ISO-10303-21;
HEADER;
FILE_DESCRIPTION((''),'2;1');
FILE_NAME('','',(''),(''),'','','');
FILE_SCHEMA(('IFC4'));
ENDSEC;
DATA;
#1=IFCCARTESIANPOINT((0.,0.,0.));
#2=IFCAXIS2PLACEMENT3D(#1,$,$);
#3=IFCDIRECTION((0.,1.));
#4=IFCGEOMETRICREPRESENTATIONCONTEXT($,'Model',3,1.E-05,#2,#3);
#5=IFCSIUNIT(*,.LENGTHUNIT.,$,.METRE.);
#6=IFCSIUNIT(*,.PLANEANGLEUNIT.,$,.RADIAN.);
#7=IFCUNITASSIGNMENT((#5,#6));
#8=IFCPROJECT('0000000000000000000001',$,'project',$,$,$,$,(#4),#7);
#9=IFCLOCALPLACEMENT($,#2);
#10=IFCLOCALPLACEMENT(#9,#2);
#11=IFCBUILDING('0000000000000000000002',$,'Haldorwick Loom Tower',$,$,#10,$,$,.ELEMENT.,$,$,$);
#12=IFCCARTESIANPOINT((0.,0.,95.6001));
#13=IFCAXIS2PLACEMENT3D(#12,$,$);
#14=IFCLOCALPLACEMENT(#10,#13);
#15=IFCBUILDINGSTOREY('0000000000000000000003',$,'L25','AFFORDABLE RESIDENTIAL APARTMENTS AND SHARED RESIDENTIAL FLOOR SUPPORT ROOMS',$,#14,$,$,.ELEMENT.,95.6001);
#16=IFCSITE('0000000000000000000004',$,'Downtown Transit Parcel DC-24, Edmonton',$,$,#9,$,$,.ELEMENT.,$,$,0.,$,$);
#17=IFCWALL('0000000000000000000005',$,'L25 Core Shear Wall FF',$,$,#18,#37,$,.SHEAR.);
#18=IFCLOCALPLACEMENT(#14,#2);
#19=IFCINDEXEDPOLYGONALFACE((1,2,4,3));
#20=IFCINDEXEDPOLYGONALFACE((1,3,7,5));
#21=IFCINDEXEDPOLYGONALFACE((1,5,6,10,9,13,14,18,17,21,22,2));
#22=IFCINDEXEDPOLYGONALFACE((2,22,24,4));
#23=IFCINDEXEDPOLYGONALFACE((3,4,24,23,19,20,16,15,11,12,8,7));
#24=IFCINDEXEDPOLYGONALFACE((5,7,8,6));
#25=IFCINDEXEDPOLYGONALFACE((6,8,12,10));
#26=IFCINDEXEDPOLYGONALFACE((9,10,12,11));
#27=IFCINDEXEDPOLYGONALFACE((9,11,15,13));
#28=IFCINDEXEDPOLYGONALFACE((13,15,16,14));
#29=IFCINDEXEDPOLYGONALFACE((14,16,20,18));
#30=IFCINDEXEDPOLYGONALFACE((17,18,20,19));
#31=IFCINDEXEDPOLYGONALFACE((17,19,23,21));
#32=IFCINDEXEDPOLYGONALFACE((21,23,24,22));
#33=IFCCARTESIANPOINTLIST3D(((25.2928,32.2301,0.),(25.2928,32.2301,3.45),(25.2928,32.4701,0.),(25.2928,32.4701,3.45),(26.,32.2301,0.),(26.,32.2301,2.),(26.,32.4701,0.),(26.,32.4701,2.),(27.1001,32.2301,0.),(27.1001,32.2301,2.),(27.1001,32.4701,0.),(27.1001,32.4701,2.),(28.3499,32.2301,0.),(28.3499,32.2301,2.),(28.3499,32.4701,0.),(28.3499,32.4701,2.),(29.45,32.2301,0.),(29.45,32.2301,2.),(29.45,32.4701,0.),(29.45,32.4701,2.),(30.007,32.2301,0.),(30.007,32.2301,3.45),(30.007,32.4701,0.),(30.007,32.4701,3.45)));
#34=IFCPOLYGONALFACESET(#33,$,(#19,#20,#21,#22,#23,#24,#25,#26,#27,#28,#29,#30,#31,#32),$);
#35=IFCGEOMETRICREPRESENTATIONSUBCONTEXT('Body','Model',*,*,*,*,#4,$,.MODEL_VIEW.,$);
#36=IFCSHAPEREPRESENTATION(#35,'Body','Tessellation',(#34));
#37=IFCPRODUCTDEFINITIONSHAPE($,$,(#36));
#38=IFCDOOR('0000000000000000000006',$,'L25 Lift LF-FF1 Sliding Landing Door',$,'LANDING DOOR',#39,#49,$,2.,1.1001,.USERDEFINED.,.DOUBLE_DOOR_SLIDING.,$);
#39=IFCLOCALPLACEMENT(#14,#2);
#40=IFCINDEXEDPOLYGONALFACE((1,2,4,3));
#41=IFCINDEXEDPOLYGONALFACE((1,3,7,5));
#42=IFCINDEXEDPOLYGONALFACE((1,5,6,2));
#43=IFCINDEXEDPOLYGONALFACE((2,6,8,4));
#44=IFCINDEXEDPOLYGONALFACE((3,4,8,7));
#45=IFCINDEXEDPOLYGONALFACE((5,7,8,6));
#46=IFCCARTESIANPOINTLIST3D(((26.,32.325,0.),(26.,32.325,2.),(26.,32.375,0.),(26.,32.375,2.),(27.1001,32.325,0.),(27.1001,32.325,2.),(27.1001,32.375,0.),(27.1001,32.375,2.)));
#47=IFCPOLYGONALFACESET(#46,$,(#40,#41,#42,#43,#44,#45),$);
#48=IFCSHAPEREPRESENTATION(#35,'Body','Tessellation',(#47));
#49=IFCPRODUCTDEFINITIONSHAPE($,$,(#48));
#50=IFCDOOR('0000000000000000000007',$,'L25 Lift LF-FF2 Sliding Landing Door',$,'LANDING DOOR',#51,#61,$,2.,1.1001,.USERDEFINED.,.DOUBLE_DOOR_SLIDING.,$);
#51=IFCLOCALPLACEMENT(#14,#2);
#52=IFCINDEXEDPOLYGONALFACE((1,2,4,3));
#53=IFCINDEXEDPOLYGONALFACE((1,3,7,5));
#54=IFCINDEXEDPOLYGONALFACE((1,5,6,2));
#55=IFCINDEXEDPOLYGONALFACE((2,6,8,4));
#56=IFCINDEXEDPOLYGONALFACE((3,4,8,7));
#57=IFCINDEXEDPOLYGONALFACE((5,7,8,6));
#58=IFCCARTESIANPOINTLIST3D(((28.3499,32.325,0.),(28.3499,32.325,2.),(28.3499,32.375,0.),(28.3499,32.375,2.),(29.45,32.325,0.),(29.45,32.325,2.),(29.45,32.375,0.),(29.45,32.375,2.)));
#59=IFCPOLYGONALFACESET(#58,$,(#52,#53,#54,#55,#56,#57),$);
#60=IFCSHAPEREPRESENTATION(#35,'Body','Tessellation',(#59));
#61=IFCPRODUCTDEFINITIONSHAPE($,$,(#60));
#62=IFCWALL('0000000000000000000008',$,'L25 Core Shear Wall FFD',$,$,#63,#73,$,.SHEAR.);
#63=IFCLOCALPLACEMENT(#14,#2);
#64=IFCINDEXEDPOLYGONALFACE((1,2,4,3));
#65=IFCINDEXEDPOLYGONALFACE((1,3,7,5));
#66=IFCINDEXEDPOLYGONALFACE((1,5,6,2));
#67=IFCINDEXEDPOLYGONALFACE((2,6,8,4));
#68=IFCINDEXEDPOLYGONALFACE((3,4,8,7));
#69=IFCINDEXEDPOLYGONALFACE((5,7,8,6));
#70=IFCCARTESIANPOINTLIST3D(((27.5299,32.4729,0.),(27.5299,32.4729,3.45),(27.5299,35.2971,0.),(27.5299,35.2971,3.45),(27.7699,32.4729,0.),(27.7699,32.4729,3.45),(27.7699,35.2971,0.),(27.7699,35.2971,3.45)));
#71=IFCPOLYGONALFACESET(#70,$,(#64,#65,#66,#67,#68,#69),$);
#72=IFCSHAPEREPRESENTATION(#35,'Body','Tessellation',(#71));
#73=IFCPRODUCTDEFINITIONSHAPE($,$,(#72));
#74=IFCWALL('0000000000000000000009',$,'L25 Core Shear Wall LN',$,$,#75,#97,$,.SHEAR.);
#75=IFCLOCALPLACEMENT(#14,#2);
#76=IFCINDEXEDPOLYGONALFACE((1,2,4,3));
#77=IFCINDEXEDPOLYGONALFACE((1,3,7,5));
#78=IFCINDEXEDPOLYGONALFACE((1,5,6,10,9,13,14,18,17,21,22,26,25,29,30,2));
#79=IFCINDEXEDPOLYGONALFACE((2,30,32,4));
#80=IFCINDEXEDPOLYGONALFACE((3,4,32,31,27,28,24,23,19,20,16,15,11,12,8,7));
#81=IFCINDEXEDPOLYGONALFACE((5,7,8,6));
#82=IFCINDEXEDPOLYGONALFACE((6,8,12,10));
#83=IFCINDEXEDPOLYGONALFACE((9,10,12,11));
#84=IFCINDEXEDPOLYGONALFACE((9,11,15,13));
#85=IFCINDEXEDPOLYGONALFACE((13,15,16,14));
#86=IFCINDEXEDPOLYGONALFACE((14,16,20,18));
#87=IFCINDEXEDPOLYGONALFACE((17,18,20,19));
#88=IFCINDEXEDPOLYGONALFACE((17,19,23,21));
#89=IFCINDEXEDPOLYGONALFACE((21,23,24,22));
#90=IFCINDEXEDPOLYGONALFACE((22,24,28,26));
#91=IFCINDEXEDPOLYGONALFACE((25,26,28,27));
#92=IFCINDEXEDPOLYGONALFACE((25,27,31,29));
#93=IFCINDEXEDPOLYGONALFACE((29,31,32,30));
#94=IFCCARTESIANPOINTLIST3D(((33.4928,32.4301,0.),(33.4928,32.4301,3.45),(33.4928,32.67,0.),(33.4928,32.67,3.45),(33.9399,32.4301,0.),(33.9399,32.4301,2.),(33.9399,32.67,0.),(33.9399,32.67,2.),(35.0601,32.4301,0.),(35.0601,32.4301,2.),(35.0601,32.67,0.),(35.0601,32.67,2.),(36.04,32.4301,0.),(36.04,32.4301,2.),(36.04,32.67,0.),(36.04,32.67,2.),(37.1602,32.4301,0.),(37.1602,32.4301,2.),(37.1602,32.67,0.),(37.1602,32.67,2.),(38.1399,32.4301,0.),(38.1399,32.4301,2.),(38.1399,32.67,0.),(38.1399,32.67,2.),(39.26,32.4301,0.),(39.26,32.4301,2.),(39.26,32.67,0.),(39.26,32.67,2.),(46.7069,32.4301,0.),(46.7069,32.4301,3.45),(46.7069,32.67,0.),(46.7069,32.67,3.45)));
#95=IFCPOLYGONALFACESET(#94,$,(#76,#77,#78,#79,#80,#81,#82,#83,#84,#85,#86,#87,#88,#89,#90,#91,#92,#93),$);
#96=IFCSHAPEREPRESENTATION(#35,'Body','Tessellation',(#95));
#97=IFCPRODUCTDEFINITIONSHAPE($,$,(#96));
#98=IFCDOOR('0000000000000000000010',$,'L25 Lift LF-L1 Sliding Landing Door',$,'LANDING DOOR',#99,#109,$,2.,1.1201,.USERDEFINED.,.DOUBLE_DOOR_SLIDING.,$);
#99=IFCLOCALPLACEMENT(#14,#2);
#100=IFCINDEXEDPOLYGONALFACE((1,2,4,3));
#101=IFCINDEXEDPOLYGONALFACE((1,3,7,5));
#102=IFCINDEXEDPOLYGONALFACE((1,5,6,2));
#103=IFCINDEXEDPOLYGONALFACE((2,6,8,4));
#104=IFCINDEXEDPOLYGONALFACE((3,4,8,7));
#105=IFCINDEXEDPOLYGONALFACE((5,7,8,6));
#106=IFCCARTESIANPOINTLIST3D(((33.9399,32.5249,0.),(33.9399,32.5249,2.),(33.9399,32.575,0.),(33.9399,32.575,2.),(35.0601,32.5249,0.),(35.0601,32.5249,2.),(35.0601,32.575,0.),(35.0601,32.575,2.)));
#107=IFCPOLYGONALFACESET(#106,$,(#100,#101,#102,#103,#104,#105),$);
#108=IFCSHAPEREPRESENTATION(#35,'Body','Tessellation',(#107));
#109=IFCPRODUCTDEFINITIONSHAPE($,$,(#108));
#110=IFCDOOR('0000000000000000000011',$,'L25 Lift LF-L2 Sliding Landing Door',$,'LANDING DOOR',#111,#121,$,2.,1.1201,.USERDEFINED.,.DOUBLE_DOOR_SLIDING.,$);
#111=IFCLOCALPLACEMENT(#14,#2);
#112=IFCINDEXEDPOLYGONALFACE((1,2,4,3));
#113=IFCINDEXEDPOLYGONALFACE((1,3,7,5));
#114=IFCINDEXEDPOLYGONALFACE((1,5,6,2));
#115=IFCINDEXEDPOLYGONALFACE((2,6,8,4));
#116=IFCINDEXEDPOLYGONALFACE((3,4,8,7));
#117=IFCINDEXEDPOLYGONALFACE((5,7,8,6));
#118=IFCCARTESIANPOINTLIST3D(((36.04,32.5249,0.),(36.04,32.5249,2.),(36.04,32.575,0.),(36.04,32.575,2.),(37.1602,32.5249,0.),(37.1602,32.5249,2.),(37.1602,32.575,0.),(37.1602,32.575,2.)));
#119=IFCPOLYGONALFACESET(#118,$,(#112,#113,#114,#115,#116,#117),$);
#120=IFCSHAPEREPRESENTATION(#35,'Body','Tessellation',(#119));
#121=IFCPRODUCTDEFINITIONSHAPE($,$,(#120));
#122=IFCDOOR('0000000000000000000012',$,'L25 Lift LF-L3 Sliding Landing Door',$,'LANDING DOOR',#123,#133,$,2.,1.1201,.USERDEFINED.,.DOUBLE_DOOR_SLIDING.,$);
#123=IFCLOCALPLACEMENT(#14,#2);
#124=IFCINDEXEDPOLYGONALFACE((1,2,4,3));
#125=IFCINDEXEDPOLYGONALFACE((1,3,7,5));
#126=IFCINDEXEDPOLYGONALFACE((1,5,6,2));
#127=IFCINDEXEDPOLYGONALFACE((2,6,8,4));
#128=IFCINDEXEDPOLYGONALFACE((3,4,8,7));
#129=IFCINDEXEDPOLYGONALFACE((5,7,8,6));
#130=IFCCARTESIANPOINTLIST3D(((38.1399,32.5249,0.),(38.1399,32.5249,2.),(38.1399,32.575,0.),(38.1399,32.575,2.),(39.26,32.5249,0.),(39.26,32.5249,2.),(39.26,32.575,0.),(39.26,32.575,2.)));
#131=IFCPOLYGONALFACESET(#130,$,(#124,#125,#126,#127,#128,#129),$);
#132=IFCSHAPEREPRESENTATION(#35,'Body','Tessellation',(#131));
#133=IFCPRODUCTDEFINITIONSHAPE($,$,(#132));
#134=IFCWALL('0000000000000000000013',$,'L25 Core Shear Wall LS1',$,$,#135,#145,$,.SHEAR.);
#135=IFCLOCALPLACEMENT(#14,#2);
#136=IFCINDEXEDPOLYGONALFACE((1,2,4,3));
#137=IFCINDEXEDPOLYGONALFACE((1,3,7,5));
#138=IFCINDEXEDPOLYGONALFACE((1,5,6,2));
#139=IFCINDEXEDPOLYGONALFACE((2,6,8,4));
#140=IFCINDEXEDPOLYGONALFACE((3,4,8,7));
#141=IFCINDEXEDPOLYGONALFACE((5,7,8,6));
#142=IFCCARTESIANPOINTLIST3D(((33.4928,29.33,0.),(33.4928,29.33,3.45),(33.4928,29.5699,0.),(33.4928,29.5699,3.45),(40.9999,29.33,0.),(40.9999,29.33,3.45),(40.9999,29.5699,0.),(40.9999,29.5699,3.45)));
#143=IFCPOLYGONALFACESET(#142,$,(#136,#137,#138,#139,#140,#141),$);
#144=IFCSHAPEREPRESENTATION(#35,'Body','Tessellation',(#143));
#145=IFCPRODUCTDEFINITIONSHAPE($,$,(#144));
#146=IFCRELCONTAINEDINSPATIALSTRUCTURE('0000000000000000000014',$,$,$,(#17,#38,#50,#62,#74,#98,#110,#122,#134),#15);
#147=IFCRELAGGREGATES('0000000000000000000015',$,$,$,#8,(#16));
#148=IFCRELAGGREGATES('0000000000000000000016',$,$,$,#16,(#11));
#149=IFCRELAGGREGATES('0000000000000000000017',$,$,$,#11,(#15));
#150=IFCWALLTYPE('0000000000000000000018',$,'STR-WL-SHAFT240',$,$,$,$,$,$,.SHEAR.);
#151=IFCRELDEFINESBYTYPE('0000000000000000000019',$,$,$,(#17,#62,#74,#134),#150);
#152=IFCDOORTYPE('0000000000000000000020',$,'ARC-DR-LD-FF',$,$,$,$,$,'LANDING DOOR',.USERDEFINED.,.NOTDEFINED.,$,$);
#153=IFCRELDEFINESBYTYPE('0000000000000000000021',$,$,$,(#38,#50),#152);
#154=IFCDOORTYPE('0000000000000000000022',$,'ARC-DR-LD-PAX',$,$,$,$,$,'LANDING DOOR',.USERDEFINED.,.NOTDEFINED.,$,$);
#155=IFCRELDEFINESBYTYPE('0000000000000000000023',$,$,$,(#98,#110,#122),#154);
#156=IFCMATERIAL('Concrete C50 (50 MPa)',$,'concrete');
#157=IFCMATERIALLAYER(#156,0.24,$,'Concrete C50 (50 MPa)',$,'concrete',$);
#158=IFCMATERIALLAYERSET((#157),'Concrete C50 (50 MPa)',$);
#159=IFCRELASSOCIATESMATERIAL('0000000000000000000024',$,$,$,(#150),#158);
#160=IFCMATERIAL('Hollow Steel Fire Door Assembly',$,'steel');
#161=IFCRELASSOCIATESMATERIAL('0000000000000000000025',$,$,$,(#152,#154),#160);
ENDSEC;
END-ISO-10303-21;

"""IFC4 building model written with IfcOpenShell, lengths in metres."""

from ifc_helpers import new_model, si_unit, direction, frame, frame_2d, origin, place, context, subcontext, project, spatial, rectangle, extrude, material, layer, layer_set, type_object, element, fill, save


model = new_model("IFC4")

# Units and contexts
model_context = context("Model", 3, precision=1e-05, world=origin(), true_north=direction((0.0, 1.0)))
body_context = subcontext(model_context, "Body", "Model", "MODEL_VIEW")
ifc_project = project(units=[si_unit("LENGTHUNIT", "METRE"), si_unit("PLANEANGLEUNIT", "RADIAN")], contexts=[model_context])

# Site, building, storey
site_placement = place(None, origin())
site = spatial("IfcSite", under=ifc_project, at=site_placement, Name="Downtown Transit Parcel DC-24, Edmonton", CompositionType="ELEMENT", RefElevation=0.0)
building_placement = place(site_placement, origin())
building = spatial("IfcBuilding", under=site, at=building_placement, Name="Haldorwick Loom Tower", CompositionType="ELEMENT")
storey_placement = place(building_placement, frame((0.0, 0.0, 95.6001)))
storey = spatial("IfcBuildingStorey", under=building, at=storey_placement, Name="L25", Description="AFFORDABLE RESIDENTIAL APARTMENTS AND SHARED RESIDENTIAL FLOOR SUPPORT ROOMS", CompositionType="ELEMENT", Elevation=95.6001)

# Shared definitions
ifc_material_1 = material(Name="Concrete C50 (50 MPa)", Category="concrete")
ifc_layer = layer(ifc_material_1, 0.24, Name="Concrete C50 (50 MPa)", Category="concrete")
ifc_layer_set = layer_set([ifc_layer], Name="Concrete C50 (50 MPa)")
wall_type = type_object("IfcWallType", Name="STR-WL-SHAFT240", PredefinedType="SHEAR", material=ifc_layer_set)

# Wall, openings, doors
wall_1_placement = place(storey_placement, frame((25.293, 32.3501, 0.0), z_axis=(0.0, 0.0, 1.0), x_axis=(1.0, 0.0, 0.0)))
wall_1 = element("IfcWall", 1, at=wall_1_placement, inside=storey, type_object=wall_type, Name="L25 Core Shear Wall FF", PredefinedType="SHEAR", context=body_context, shape_type="SweptSolid", body=[
    extrude(rectangle(XDim=4.7141, YDim=0.24, at=frame_2d((2.3569, 0.0))), origin(), (0.0, 0.0, 1.0), 3.45),
])
opening_1_placement = place(wall_1_placement, frame((0.707, 0.0, 0.0)))
opening_1 = element("IfcOpeningElement", 2, at=opening_1_placement, cuts=wall_1, PredefinedType="OPENING", context=body_context, shape_type="SweptSolid", body=[
    extrude(rectangle(XDim=1.1001, YDim=2.0, at=frame_2d((0.55, 1.0))), frame((0.0, 0.1299, 0.0), z_axis=(0.0, -1.0, 0.0), x_axis=(1.0, 0.0, 0.0)), (0.0, 0.0, 1.0), 0.26),
])
opening_2_placement = place(wall_1_placement, frame((3.0569, 0.0, 0.0)))
opening_2 = element("IfcOpeningElement", 3, at=opening_2_placement, cuts=wall_1, PredefinedType="OPENING", context=body_context, shape_type="SweptSolid", body=[
    extrude(rectangle(XDim=1.1001, YDim=2.0, at=frame_2d((0.55, 1.0))), frame((0.0, 0.1299, 0.0), z_axis=(0.0, -1.0, 0.0), x_axis=(1.0, 0.0, 0.0)), (0.0, 0.0, 1.0), 0.26),
])
ifc_material_2 = material(Name="Hollow Steel Fire Door Assembly", Category="steel")
door_type_1 = type_object("IfcDoorType", Name="ARC-DR-LD-FF", ElementType="LANDING DOOR", OperationType="NOTDEFINED", PredefinedType="USERDEFINED", material=ifc_material_2)
door_1_placement = place(opening_1_placement, origin())
door_1 = element("IfcDoor", 4, at=door_1_placement, inside=storey, type_object=door_type_1, Name="L25 Lift LF-FF1 Sliding Landing Door", ObjectType="LANDING DOOR", OperationType="DOUBLE_DOOR_SLIDING", OverallHeight=2.0, OverallWidth=1.1001, PredefinedType="USERDEFINED", context=body_context, shape_type="SweptSolid", body=[
    extrude(rectangle(XDim=1.1001, YDim=2.0, at=frame_2d((0.55, 1.0))), frame((0.0, 0.0249, 0.0), z_axis=(0.0, -1.0, 0.0), x_axis=(1.0, 0.0, 0.0)), (0.0, 0.0, 1.0), 0.05),
])
fill(opening_1, door_1)
door_2_placement = place(opening_2_placement, origin())
door_2 = element("IfcDoor", 5, at=door_2_placement, inside=storey, type_object=door_type_1, Name="L25 Lift LF-FF2 Sliding Landing Door", ObjectType="LANDING DOOR", OperationType="DOUBLE_DOOR_SLIDING", OverallHeight=2.0, OverallWidth=1.1001, PredefinedType="USERDEFINED", context=body_context, shape_type="SweptSolid", body=[
    extrude(rectangle(XDim=1.1001, YDim=2.0, at=frame_2d((0.55, 1.0))), frame((0.0, 0.0249, 0.0), z_axis=(0.0, -1.0, 0.0), x_axis=(1.0, 0.0, 0.0)), (0.0, 0.0, 1.0), 0.05),
])
fill(opening_2, door_2)

# Wall
wall_2_placement = place(storey_placement, frame((27.6499, 32.4729, 0.0), z_axis=(0.0, 0.0, 1.0), x_axis=(0.0, 1.0, 0.0)))
element("IfcWall", 6, at=wall_2_placement, inside=storey, type_object=wall_type, Name="L25 Core Shear Wall FFD", PredefinedType="SHEAR", context=body_context, shape_type="SweptSolid", body=[
    extrude(rectangle(XDim=2.8242, YDim=0.24, at=frame_2d((1.4121, 0.0))), origin(), (0.0, 0.0, 1.0), 3.45),
])

# Wall, openings, doors
wall_3_placement = place(storey_placement, frame((33.4929, 32.55, 0.0), z_axis=(0.0, 0.0, 1.0), x_axis=(1.0, 0.0, 0.0)))
wall_3 = element("IfcWall", 7, at=wall_3_placement, inside=storey, type_object=wall_type, Name="L25 Core Shear Wall LN", PredefinedType="SHEAR", context=body_context, shape_type="SweptSolid", body=[
    extrude(rectangle(XDim=13.2141, YDim=0.24, at=frame_2d((6.6069, 0.0))), origin(), (0.0, 0.0, 1.0), 3.45),
])
opening_3_placement = place(wall_3_placement, frame((0.447, 0.0, 0.0)))
opening_3 = element("IfcOpeningElement", 8, at=opening_3_placement, cuts=wall_3, PredefinedType="OPENING", context=body_context, shape_type="SweptSolid", body=[
    extrude(rectangle(XDim=1.1201, YDim=2.0, at=frame_2d((0.5601, 1.0))), frame((0.0, 0.1299, 0.0), z_axis=(0.0, -1.0, 0.0), x_axis=(1.0, 0.0, 0.0)), (0.0, 0.0, 1.0), 0.26),
])
opening_4_placement = place(wall_3_placement, frame((2.5471, 0.0, 0.0)))
opening_4 = element("IfcOpeningElement", 9, at=opening_4_placement, cuts=wall_3, PredefinedType="OPENING", context=body_context, shape_type="SweptSolid", body=[
    extrude(rectangle(XDim=1.1201, YDim=2.0, at=frame_2d((0.5601, 1.0))), frame((0.0, 0.1299, 0.0), z_axis=(0.0, -1.0, 0.0), x_axis=(1.0, 0.0, 0.0)), (0.0, 0.0, 1.0), 0.26),
])
opening_5_placement = place(wall_3_placement, frame((4.647, 0.0, 0.0)))
opening_5 = element("IfcOpeningElement", 10, at=opening_5_placement, cuts=wall_3, PredefinedType="OPENING", context=body_context, shape_type="SweptSolid", body=[
    extrude(rectangle(XDim=1.1201, YDim=2.0, at=frame_2d((0.5601, 1.0))), frame((0.0, 0.1299, 0.0), z_axis=(0.0, -1.0, 0.0), x_axis=(1.0, 0.0, 0.0)), (0.0, 0.0, 1.0), 0.26),
])
door_type_2 = type_object("IfcDoorType", Name="ARC-DR-LD-PAX", ElementType="LANDING DOOR", OperationType="NOTDEFINED", PredefinedType="USERDEFINED", material=ifc_material_2)
door_3_placement = place(opening_3_placement, origin())
door_3 = element("IfcDoor", 11, at=door_3_placement, inside=storey, type_object=door_type_2, Name="L25 Lift LF-L1 Sliding Landing Door", ObjectType="LANDING DOOR", OperationType="DOUBLE_DOOR_SLIDING", OverallHeight=2.0, OverallWidth=1.1201, PredefinedType="USERDEFINED", context=body_context, shape_type="SweptSolid", body=[
    extrude(rectangle(XDim=1.1201, YDim=2.0, at=frame_2d((0.5601, 1.0))), frame((0.0, 0.0249, 0.0), z_axis=(0.0, -1.0, 0.0), x_axis=(1.0, 0.0, 0.0)), (0.0, 0.0, 1.0), 0.05),
])
fill(opening_3, door_3)
door_4_placement = place(opening_4_placement, origin())
door_4 = element("IfcDoor", 12, at=door_4_placement, inside=storey, type_object=door_type_2, Name="L25 Lift LF-L2 Sliding Landing Door", ObjectType="LANDING DOOR", OperationType="DOUBLE_DOOR_SLIDING", OverallHeight=2.0, OverallWidth=1.1201, PredefinedType="USERDEFINED", context=body_context, shape_type="SweptSolid", body=[
    extrude(rectangle(XDim=1.1201, YDim=2.0, at=frame_2d((0.5601, 1.0))), frame((0.0, 0.0249, 0.0), z_axis=(0.0, -1.0, 0.0), x_axis=(1.0, 0.0, 0.0)), (0.0, 0.0, 1.0), 0.05),
])
fill(opening_4, door_4)
door_5_placement = place(opening_5_placement, origin())
door_5 = element("IfcDoor", 13, at=door_5_placement, inside=storey, type_object=door_type_2, Name="L25 Lift LF-L3 Sliding Landing Door", ObjectType="LANDING DOOR", OperationType="DOUBLE_DOOR_SLIDING", OverallHeight=2.0, OverallWidth=1.1201, PredefinedType="USERDEFINED", context=body_context, shape_type="SweptSolid", body=[
    extrude(rectangle(XDim=1.1201, YDim=2.0, at=frame_2d((0.5601, 1.0))), frame((0.0, 0.0249, 0.0), z_axis=(0.0, -1.0, 0.0), x_axis=(1.0, 0.0, 0.0)), (0.0, 0.0, 1.0), 0.05),
])
fill(opening_5, door_5)

# Wall
wall_4_placement = place(storey_placement, frame((33.4929, 29.45, 0.0), z_axis=(0.0, 0.0, 1.0), x_axis=(1.0, 0.0, 0.0)))
element("IfcWall", 14, at=wall_4_placement, inside=storey, type_object=wall_type, Name="L25 Core Shear Wall LS1", PredefinedType="SHEAR", context=body_context, shape_type="SweptSolid", body=[
    extrude(rectangle(XDim=7.5071, YDim=0.24, at=frame_2d((3.7534, 0.0))), origin(), (0.0, 0.0, 1.0), 3.45),
])

save(model, "model.ifc")
